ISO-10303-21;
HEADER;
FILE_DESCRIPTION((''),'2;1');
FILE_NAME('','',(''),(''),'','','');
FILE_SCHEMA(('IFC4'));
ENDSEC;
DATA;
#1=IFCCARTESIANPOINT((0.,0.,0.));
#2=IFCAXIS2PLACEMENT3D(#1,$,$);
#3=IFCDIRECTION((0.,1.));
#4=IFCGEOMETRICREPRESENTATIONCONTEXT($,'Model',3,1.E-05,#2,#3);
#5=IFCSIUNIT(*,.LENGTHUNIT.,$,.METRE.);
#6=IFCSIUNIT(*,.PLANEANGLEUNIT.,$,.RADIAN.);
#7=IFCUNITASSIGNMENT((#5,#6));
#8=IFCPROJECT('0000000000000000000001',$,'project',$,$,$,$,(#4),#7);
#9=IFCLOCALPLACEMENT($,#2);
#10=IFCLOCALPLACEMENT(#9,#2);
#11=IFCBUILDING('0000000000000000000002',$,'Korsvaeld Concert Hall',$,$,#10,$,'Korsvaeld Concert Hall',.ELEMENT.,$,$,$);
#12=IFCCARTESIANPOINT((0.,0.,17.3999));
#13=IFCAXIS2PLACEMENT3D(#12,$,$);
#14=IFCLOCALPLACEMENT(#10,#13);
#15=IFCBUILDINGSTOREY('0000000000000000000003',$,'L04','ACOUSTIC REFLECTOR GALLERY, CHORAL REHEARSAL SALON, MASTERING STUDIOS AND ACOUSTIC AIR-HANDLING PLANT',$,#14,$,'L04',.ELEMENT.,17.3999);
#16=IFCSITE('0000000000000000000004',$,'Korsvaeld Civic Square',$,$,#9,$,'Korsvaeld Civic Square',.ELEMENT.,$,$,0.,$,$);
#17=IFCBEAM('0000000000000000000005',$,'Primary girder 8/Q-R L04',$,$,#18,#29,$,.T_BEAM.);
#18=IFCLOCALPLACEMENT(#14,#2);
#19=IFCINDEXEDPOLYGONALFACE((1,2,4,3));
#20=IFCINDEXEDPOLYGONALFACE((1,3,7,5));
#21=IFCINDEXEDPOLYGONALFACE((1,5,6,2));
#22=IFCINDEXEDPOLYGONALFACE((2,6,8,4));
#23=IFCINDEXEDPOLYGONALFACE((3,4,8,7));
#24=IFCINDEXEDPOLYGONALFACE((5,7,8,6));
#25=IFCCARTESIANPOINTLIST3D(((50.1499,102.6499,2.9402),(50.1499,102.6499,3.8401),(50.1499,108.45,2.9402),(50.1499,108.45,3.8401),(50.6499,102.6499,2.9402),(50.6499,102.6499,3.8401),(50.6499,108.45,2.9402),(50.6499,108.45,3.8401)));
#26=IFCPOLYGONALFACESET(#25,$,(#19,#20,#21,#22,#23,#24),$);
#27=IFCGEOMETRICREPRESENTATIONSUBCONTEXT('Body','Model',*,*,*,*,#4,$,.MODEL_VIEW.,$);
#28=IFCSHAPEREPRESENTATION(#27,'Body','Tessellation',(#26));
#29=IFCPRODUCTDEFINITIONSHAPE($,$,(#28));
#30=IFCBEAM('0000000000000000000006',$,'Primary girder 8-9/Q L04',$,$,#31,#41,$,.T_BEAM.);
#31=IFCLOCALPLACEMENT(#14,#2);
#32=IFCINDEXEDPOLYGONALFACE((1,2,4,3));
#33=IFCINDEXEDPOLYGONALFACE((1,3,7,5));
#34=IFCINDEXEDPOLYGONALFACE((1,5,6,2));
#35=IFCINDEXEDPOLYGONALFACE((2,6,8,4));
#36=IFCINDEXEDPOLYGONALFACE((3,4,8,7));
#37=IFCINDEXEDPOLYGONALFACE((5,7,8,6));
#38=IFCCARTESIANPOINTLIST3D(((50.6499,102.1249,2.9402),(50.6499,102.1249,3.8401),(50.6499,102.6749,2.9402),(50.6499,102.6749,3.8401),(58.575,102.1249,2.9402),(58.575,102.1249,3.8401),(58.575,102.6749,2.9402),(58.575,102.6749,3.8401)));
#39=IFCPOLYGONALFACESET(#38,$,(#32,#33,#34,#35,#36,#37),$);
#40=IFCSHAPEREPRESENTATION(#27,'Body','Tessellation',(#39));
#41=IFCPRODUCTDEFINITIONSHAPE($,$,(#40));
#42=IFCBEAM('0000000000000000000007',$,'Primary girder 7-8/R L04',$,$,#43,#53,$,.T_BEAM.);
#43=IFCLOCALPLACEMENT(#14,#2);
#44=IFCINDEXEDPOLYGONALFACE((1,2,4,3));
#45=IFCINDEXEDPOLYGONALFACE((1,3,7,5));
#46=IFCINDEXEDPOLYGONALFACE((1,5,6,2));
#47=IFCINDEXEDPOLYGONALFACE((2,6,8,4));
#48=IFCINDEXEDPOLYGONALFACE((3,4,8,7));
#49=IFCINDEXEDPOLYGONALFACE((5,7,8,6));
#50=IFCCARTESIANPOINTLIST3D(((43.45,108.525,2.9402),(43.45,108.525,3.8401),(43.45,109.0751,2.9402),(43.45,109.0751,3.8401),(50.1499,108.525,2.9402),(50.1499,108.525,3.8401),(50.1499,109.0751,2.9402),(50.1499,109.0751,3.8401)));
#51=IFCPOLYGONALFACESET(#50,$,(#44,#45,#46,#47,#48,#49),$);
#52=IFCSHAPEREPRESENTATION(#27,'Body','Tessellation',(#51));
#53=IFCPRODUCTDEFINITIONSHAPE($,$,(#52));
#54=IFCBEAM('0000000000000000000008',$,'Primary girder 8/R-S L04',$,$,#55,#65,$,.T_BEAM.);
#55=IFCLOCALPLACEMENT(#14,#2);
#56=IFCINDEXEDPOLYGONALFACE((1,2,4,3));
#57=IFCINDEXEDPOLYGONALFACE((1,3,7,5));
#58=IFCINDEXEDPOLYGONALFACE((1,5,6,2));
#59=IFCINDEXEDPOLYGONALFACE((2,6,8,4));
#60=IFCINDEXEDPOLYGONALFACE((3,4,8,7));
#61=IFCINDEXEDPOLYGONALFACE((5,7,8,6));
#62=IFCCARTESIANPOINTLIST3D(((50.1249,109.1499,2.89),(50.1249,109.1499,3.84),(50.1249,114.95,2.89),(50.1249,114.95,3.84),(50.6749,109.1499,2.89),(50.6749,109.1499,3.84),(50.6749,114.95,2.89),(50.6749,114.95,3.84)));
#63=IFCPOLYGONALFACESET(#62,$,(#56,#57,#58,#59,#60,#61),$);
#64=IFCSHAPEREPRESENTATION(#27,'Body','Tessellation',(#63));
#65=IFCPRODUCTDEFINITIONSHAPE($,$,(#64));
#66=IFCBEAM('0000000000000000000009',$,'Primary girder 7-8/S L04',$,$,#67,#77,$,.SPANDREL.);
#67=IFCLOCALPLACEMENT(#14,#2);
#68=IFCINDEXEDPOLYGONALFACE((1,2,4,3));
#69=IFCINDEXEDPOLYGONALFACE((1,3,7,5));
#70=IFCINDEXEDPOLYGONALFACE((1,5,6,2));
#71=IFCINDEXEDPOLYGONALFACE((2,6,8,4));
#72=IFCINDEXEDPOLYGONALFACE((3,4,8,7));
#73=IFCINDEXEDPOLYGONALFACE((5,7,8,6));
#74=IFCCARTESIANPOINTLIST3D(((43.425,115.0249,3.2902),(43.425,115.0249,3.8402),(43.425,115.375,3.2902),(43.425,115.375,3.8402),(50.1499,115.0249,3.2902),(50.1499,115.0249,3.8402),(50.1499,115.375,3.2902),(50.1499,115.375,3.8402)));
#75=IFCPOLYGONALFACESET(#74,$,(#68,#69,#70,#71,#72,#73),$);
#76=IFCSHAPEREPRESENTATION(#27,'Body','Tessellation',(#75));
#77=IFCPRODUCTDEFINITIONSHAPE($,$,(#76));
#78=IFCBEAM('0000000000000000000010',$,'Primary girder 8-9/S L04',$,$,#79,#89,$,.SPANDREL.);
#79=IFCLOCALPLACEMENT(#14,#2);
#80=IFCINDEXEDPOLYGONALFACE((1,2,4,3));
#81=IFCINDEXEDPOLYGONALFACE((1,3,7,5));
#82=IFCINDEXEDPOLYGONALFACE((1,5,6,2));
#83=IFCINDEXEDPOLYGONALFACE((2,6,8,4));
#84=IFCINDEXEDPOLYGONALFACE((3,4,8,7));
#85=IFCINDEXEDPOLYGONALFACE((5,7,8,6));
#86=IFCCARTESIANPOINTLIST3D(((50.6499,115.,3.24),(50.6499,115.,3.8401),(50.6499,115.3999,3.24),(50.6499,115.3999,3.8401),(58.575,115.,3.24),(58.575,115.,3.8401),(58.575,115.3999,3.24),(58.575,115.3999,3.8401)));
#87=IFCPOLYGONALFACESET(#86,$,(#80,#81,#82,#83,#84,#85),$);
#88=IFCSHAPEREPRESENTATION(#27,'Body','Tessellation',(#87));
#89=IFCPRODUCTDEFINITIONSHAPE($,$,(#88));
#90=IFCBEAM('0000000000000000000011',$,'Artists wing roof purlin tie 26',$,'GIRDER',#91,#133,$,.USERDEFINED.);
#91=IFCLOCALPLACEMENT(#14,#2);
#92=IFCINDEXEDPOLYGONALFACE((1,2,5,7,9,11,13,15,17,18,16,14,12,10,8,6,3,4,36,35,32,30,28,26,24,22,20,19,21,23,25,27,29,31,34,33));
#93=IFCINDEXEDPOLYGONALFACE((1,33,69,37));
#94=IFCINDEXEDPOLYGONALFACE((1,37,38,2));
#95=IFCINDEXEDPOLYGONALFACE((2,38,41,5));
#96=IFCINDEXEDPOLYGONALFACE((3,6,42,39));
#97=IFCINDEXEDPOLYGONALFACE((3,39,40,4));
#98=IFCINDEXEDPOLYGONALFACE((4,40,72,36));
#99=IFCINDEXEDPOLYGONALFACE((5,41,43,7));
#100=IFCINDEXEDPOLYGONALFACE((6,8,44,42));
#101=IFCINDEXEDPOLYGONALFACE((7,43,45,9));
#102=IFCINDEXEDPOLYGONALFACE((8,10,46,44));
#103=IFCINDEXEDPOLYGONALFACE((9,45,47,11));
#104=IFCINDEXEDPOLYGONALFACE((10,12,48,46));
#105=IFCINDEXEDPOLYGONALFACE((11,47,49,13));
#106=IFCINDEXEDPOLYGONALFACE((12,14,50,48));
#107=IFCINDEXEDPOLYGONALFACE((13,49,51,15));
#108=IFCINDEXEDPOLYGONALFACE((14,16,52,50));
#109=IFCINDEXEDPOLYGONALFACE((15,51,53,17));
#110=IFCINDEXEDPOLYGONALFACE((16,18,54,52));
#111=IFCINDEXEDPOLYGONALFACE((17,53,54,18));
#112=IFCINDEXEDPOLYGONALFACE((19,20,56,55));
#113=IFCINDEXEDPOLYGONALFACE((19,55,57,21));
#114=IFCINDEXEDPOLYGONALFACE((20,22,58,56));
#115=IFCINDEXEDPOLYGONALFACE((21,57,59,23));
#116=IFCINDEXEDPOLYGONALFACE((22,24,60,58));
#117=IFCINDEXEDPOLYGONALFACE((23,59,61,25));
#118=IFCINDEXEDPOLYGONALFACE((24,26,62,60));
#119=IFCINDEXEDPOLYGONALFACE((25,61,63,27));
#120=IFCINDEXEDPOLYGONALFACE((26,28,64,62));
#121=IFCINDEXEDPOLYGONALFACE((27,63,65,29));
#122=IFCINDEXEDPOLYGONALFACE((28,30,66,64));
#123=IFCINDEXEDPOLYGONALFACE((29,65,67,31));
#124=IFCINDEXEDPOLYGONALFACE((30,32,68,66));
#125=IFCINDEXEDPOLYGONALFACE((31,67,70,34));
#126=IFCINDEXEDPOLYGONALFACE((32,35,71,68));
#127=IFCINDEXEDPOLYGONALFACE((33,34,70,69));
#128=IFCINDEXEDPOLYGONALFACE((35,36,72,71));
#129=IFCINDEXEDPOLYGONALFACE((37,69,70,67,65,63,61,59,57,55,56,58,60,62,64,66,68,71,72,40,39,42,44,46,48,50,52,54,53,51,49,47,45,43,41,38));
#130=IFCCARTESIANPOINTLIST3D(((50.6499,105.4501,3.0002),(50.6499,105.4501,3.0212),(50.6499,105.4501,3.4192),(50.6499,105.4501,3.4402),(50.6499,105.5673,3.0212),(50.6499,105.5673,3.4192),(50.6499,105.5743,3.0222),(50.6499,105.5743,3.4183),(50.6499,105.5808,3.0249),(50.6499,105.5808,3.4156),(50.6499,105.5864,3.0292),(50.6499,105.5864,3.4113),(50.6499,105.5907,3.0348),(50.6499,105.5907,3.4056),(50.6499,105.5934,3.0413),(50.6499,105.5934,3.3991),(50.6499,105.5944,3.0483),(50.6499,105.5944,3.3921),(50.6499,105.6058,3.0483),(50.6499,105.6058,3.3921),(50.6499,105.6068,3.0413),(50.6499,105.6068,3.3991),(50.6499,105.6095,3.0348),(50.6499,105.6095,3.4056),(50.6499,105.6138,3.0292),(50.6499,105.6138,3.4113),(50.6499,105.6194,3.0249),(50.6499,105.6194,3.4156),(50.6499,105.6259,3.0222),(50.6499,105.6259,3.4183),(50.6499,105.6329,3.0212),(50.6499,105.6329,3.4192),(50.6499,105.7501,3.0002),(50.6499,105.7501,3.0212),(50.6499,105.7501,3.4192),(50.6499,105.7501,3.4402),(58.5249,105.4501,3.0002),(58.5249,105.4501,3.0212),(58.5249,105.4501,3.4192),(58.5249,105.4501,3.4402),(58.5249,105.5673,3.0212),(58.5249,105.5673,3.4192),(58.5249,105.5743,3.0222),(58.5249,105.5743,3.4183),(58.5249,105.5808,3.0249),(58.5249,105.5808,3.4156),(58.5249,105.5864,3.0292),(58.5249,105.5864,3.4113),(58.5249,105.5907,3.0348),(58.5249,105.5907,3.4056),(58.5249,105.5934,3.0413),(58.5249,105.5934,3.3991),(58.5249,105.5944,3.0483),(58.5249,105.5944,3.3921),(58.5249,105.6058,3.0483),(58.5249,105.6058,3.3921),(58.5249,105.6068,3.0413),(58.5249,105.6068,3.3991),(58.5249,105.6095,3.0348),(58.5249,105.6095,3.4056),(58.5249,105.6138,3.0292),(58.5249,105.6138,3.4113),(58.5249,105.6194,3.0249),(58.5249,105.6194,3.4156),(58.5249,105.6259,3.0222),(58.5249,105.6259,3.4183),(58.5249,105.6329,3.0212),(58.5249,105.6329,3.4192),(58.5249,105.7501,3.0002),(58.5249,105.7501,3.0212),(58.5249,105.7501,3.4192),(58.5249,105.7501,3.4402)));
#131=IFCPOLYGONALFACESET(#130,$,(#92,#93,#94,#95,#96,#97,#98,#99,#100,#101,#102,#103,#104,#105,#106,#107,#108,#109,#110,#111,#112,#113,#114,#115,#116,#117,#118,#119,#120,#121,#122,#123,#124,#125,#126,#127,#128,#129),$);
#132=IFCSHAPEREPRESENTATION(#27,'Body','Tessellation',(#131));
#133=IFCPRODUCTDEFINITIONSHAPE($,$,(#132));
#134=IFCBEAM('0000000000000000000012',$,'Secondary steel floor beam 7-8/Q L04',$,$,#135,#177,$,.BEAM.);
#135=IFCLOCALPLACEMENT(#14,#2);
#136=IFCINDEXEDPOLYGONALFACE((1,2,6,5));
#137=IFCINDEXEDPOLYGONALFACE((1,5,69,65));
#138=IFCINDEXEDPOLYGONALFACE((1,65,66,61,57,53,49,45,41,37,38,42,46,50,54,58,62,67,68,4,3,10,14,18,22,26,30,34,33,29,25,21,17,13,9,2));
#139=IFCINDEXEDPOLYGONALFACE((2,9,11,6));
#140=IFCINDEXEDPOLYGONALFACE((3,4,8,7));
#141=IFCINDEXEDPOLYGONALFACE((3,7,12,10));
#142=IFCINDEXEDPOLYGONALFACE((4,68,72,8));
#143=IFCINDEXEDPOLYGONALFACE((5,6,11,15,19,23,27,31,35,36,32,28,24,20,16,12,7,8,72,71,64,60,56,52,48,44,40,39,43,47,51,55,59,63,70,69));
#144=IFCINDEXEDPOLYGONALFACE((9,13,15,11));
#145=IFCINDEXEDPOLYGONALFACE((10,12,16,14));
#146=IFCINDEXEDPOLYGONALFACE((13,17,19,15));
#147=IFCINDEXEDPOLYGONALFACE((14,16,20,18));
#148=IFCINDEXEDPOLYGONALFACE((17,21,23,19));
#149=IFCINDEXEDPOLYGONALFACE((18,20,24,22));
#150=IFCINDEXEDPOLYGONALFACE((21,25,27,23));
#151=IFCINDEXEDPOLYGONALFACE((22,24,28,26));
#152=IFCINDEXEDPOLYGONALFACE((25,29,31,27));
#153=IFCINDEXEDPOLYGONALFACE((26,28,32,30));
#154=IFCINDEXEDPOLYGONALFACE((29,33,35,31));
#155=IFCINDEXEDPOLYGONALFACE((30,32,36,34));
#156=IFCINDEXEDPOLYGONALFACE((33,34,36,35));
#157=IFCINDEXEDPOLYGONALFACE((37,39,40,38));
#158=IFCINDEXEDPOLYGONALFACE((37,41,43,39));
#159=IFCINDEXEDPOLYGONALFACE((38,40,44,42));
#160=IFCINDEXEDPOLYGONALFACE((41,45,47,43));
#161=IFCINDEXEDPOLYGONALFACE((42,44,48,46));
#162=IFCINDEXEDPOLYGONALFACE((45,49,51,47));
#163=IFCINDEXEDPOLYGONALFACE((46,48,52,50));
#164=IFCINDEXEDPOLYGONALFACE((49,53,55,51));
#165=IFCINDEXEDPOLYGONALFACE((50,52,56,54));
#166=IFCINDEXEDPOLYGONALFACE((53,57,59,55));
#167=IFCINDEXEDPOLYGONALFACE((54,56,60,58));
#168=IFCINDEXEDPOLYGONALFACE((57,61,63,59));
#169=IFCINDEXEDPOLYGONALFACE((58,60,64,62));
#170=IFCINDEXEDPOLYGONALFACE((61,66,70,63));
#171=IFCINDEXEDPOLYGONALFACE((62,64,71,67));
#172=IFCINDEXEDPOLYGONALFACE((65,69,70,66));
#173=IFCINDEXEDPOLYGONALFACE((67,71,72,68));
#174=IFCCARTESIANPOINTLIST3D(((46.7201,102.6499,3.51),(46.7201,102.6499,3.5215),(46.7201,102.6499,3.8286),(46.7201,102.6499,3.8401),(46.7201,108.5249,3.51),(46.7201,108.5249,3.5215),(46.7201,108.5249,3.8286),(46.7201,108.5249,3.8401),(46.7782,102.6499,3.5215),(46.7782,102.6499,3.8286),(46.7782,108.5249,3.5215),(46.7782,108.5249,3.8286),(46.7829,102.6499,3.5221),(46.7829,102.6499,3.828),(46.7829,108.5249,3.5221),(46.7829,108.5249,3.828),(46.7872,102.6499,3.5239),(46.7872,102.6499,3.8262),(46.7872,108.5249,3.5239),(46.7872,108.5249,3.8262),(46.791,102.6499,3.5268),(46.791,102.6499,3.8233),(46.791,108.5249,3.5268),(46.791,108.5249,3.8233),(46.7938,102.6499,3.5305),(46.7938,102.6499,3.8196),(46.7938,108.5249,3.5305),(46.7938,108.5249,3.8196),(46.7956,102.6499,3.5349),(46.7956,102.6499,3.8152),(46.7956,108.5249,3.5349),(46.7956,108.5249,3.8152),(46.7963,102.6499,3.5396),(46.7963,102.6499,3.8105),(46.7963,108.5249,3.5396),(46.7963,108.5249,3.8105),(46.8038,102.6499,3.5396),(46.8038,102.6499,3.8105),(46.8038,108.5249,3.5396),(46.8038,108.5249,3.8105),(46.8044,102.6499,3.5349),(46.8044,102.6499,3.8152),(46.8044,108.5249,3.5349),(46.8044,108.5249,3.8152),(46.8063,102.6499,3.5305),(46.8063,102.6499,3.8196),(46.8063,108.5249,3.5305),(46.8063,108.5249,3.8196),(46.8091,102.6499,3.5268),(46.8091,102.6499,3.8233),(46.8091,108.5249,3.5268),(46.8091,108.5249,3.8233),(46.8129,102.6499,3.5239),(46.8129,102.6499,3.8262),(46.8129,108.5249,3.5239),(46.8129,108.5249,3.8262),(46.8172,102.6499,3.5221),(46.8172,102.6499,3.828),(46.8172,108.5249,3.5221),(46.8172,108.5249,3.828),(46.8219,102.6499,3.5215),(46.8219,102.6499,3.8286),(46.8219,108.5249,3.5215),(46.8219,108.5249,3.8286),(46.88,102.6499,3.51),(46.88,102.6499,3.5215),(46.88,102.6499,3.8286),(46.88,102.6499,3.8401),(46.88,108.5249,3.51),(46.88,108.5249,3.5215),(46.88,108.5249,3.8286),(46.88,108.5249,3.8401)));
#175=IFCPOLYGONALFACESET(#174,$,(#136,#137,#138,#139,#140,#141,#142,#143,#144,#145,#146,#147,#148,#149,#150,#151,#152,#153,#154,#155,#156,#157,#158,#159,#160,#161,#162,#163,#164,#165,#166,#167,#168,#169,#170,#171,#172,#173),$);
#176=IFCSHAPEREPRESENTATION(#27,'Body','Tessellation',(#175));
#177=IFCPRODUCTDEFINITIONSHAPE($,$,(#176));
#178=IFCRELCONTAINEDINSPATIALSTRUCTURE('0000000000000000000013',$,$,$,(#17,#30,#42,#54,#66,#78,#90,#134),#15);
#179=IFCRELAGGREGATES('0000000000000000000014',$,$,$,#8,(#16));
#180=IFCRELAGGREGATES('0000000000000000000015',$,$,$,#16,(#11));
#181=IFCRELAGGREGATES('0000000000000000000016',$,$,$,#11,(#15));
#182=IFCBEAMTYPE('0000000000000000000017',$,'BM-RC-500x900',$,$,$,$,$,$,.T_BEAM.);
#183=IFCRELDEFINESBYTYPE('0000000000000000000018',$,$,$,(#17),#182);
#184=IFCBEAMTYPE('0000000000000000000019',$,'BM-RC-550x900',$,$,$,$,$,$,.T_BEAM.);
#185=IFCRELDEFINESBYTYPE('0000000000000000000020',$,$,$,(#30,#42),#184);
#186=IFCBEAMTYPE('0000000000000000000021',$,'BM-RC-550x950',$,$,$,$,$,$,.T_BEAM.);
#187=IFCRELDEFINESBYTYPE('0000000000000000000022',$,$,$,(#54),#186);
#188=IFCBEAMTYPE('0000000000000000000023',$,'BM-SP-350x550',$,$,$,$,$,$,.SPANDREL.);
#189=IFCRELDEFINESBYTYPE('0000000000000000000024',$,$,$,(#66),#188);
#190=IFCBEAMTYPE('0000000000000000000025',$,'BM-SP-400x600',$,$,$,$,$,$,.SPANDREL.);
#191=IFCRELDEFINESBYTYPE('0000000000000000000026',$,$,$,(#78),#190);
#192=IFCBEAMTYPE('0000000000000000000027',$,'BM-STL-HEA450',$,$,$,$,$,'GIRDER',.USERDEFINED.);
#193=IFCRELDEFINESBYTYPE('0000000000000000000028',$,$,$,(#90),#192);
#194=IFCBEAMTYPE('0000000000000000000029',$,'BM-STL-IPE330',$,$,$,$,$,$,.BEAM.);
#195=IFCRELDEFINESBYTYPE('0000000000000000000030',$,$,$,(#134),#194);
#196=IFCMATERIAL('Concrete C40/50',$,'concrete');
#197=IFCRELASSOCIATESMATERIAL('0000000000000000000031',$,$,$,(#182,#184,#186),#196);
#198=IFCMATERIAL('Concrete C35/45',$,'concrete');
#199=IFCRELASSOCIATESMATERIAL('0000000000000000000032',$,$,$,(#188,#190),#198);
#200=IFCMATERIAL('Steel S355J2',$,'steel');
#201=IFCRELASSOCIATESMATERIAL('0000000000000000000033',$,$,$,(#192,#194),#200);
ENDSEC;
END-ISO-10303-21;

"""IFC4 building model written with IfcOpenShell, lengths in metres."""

from ifc_helpers import new_model, si_unit, direction, frame, origin, origin_2d, place, context, subcontext, project, spatial, rectangle, i_section, extrude, material, material_profile, profile_set, type_object, element, save


model = new_model("IFC4")

# Units and contexts
model_context = context("Model", 3, precision=1e-05, world=origin(), true_north=direction((0.0, 1.0)))
body_context = subcontext(model_context, "Body", "Model", "MODEL_VIEW")
ifc_project = project(units=[si_unit("LENGTHUNIT", "METRE"), si_unit("PLANEANGLEUNIT", "RADIAN")], contexts=[model_context])

# Site, building, storey
site_placement = place(None, origin())
site = spatial("IfcSite", under=ifc_project, at=site_placement, Name="Korsvaeld Civic Square", LongName="Korsvaeld Civic Square", CompositionType="ELEMENT", RefElevation=0.0)
building_placement = place(site_placement, origin())
building = spatial("IfcBuilding", under=site, at=building_placement, Name="Korsvaeld Concert Hall", LongName="Korsvaeld Concert Hall", CompositionType="ELEMENT")
storey_placement = place(building_placement, frame((0.0, 0.0, 17.3999)))
storey = spatial("IfcBuildingStorey", under=building, at=storey_placement, Name="L04", Description="ACOUSTIC REFLECTOR GALLERY, CHORAL REHEARSAL SALON, MASTERING STUDIOS AND ACOUSTIC AIR-HANDLING PLANT", LongName="L04", CompositionType="ELEMENT", Elevation=17.3999)

# Shared definitions
ifc_material_1 = material(Name="Concrete C40/50", Category="concrete")

# Beams
ifc_material_2 = material(Name="Concrete C35/45", Category="concrete")
ifc_material_3 = material(Name="Steel S355J2", Category="steel")
ifc_material_profile_1 = material_profile(ifc_material_1, rectangle(XDim=0.5, YDim=0.8999, at=origin_2d()), Name="RC 500x900")
ifc_profile_set_1 = profile_set([ifc_material_profile_1], Name="Concrete C40/50")
beam_type_1 = type_object("IfcBeamType", Name="BM-RC-500x900", PredefinedType="T_BEAM", material=ifc_profile_set_1)
beam_1_placement = place(storey_placement, frame((50.3999, 102.6499, 3.3901), z_axis=(0.0, 1.0, 0.0), x_axis=(-1.0, 0.0, 0.0)))
element("IfcBeam", 1, at=beam_1_placement, inside=storey, type_object=beam_type_1, Name="Primary girder 8/Q-R L04", PredefinedType="T_BEAM", context=body_context, shape_type="SweptSolid", body=[
    extrude(rectangle(XDim=0.5, YDim=0.8999, at=origin_2d()), origin(), (0.0, 0.0, 1.0), 5.8),
])
ifc_material_profile_2 = material_profile(ifc_material_1, rectangle(XDim=0.55, YDim=0.8999, at=origin_2d()), Name="RC 550x900")
ifc_profile_set_2 = profile_set([ifc_material_profile_2], Name="Concrete C40/50")
beam_type_2 = type_object("IfcBeamType", Name="BM-RC-550x900", PredefinedType="T_BEAM", material=ifc_profile_set_2)
beam_2_placement = place(storey_placement, frame((50.6499, 102.3999, 3.3901), z_axis=(1.0, 0.0, 0.0), x_axis=(0.0, 1.0, 0.0)))
element("IfcBeam", 2, at=beam_2_placement, inside=storey, type_object=beam_type_2, Name="Primary girder 8-9/Q L04", PredefinedType="T_BEAM", context=body_context, shape_type="SweptSolid", body=[
    extrude(rectangle(XDim=0.55, YDim=0.8999, at=origin_2d()), origin(), (0.0, 0.0, 1.0), 7.925),
])
beam_3_placement = place(storey_placement, frame((43.45, 108.8, 3.3901), z_axis=(1.0, 0.0, 0.0), x_axis=(0.0, 1.0, 0.0)))
element("IfcBeam", 3, at=beam_3_placement, inside=storey, type_object=beam_type_2, Name="Primary girder 7-8/R L04", PredefinedType="T_BEAM", context=body_context, shape_type="SweptSolid", body=[
    extrude(rectangle(XDim=0.55, YDim=0.8999, at=origin_2d()), origin(), (0.0, 0.0, 1.0), 6.7),
])
ifc_material_profile_3 = material_profile(ifc_material_1, rectangle(XDim=0.55, YDim=0.95, at=origin_2d()), Name="RC 550x950")
ifc_profile_set_3 = profile_set([ifc_material_profile_3], Name="Concrete C40/50")
beam_type_3 = type_object("IfcBeamType", Name="BM-RC-550x950", PredefinedType="T_BEAM", material=ifc_profile_set_3)
beam_4_placement = place(storey_placement, frame((50.3999, 109.1499, 3.365), z_axis=(0.0, 1.0, 0.0), x_axis=(-1.0, 0.0, 0.0)))
element("IfcBeam", 4, at=beam_4_placement, inside=storey, type_object=beam_type_3, Name="Primary girder 8/R-S L04", PredefinedType="T_BEAM", context=body_context, shape_type="SweptSolid", body=[
    extrude(rectangle(XDim=0.55, YDim=0.95, at=origin_2d()), origin(), (0.0, 0.0, 1.0), 5.8),
])
ifc_material_profile_4 = material_profile(ifc_material_2, rectangle(XDim=0.3501, YDim=0.55, at=origin_2d()), Name="RC 350x550")
ifc_profile_set_4 = profile_set([ifc_material_profile_4], Name="Concrete C35/45")
beam_type_4 = type_object("IfcBeamType", Name="BM-SP-350x550", PredefinedType="SPANDREL", material=ifc_profile_set_4)
beam_5_placement = place(storey_placement, frame((43.425, 115.2, 3.5652), z_axis=(1.0, 0.0, 0.0), x_axis=(0.0, 1.0, 0.0)))
element("IfcBeam", 5, at=beam_5_placement, inside=storey, type_object=beam_type_4, Name="Primary girder 7-8/S L04", PredefinedType="SPANDREL", context=body_context, shape_type="SweptSolid", body=[
    extrude(rectangle(XDim=0.3501, YDim=0.55, at=origin_2d()), origin(), (0.0, 0.0, 1.0), 6.7249),
])
ifc_material_profile_5 = material_profile(ifc_material_2, rectangle(XDim=0.3999, YDim=0.6001, at=origin_2d()), Name="RC 400x600")
ifc_profile_set_5 = profile_set([ifc_material_profile_5], Name="Concrete C35/45")
beam_type_5 = type_object("IfcBeamType", Name="BM-SP-400x600", PredefinedType="SPANDREL", material=ifc_profile_set_5)
beam_6_placement = place(storey_placement, frame((50.6499, 115.2, 3.54), z_axis=(1.0, 0.0, 0.0), x_axis=(0.0, 1.0, 0.0)))
element("IfcBeam", 6, at=beam_6_placement, inside=storey, type_object=beam_type_5, Name="Primary girder 8-9/S L04", PredefinedType="SPANDREL", context=body_context, shape_type="SweptSolid", body=[
    extrude(rectangle(XDim=0.3999, YDim=0.6001, at=origin_2d()), origin(), (0.0, 0.0, 1.0), 7.925),
])
ifc_material_profile_6 = material_profile(ifc_material_3, i_section(OverallWidth=0.3, OverallDepth=0.4399, WebThickness=0.0115, FlangeThickness=0.021, FilletRadius=0.0271, at=origin_2d()), Name="HEA 450")
ifc_profile_set_6 = profile_set([ifc_material_profile_6], Name="Steel S355J2")
beam_type_6 = type_object("IfcBeamType", Name="BM-STL-HEA450", ElementType="GIRDER", PredefinedType="USERDEFINED", material=ifc_profile_set_6)
beam_7_placement = place(storey_placement, frame((50.6499, 105.6001, 3.2202), z_axis=(1.0, 0.0, 0.0), x_axis=(0.0, 1.0, 0.0)))
element("IfcBeam", 7, at=beam_7_placement, inside=storey, type_object=beam_type_6, Name="Artists wing roof purlin tie 26", ObjectType="GIRDER", PredefinedType="USERDEFINED", context=body_context, shape_type="SweptSolid", body=[
    extrude(i_section(OverallWidth=0.3, OverallDepth=0.4399, WebThickness=0.0115, FlangeThickness=0.021, FilletRadius=0.0271, at=origin_2d()), origin(), (0.0, 0.0, 1.0), 7.875),
])
ifc_material_profile_7 = material_profile(ifc_material_3, i_section(OverallWidth=0.1599, OverallDepth=0.3301, WebThickness=0.0076, FlangeThickness=0.0115, FilletRadius=0.0181, at=origin_2d()), Name="IPE 330")
ifc_profile_set_7 = profile_set([ifc_material_profile_7], Name="Steel S355J2")
beam_type_7 = type_object("IfcBeamType", Name="BM-STL-IPE330", PredefinedType="BEAM", material=ifc_profile_set_7)
beam_8_placement = place(storey_placement, frame((46.8, 102.6499, 3.675), z_axis=(0.0, 1.0, 0.0), x_axis=(-1.0, 0.0, 0.0)))
element("IfcBeam", 8, at=beam_8_placement, inside=storey, type_object=beam_type_7, Name="Secondary steel floor beam 7-8/Q L04", PredefinedType="BEAM", context=body_context, shape_type="SweptSolid", body=[
    extrude(i_section(OverallWidth=0.1599, OverallDepth=0.3301, WebThickness=0.0076, FlangeThickness=0.0115, FilletRadius=0.0181, at=origin_2d()), origin(), (0.0, 0.0, 1.0), 5.875),
])

save(model, "model.ifc")
